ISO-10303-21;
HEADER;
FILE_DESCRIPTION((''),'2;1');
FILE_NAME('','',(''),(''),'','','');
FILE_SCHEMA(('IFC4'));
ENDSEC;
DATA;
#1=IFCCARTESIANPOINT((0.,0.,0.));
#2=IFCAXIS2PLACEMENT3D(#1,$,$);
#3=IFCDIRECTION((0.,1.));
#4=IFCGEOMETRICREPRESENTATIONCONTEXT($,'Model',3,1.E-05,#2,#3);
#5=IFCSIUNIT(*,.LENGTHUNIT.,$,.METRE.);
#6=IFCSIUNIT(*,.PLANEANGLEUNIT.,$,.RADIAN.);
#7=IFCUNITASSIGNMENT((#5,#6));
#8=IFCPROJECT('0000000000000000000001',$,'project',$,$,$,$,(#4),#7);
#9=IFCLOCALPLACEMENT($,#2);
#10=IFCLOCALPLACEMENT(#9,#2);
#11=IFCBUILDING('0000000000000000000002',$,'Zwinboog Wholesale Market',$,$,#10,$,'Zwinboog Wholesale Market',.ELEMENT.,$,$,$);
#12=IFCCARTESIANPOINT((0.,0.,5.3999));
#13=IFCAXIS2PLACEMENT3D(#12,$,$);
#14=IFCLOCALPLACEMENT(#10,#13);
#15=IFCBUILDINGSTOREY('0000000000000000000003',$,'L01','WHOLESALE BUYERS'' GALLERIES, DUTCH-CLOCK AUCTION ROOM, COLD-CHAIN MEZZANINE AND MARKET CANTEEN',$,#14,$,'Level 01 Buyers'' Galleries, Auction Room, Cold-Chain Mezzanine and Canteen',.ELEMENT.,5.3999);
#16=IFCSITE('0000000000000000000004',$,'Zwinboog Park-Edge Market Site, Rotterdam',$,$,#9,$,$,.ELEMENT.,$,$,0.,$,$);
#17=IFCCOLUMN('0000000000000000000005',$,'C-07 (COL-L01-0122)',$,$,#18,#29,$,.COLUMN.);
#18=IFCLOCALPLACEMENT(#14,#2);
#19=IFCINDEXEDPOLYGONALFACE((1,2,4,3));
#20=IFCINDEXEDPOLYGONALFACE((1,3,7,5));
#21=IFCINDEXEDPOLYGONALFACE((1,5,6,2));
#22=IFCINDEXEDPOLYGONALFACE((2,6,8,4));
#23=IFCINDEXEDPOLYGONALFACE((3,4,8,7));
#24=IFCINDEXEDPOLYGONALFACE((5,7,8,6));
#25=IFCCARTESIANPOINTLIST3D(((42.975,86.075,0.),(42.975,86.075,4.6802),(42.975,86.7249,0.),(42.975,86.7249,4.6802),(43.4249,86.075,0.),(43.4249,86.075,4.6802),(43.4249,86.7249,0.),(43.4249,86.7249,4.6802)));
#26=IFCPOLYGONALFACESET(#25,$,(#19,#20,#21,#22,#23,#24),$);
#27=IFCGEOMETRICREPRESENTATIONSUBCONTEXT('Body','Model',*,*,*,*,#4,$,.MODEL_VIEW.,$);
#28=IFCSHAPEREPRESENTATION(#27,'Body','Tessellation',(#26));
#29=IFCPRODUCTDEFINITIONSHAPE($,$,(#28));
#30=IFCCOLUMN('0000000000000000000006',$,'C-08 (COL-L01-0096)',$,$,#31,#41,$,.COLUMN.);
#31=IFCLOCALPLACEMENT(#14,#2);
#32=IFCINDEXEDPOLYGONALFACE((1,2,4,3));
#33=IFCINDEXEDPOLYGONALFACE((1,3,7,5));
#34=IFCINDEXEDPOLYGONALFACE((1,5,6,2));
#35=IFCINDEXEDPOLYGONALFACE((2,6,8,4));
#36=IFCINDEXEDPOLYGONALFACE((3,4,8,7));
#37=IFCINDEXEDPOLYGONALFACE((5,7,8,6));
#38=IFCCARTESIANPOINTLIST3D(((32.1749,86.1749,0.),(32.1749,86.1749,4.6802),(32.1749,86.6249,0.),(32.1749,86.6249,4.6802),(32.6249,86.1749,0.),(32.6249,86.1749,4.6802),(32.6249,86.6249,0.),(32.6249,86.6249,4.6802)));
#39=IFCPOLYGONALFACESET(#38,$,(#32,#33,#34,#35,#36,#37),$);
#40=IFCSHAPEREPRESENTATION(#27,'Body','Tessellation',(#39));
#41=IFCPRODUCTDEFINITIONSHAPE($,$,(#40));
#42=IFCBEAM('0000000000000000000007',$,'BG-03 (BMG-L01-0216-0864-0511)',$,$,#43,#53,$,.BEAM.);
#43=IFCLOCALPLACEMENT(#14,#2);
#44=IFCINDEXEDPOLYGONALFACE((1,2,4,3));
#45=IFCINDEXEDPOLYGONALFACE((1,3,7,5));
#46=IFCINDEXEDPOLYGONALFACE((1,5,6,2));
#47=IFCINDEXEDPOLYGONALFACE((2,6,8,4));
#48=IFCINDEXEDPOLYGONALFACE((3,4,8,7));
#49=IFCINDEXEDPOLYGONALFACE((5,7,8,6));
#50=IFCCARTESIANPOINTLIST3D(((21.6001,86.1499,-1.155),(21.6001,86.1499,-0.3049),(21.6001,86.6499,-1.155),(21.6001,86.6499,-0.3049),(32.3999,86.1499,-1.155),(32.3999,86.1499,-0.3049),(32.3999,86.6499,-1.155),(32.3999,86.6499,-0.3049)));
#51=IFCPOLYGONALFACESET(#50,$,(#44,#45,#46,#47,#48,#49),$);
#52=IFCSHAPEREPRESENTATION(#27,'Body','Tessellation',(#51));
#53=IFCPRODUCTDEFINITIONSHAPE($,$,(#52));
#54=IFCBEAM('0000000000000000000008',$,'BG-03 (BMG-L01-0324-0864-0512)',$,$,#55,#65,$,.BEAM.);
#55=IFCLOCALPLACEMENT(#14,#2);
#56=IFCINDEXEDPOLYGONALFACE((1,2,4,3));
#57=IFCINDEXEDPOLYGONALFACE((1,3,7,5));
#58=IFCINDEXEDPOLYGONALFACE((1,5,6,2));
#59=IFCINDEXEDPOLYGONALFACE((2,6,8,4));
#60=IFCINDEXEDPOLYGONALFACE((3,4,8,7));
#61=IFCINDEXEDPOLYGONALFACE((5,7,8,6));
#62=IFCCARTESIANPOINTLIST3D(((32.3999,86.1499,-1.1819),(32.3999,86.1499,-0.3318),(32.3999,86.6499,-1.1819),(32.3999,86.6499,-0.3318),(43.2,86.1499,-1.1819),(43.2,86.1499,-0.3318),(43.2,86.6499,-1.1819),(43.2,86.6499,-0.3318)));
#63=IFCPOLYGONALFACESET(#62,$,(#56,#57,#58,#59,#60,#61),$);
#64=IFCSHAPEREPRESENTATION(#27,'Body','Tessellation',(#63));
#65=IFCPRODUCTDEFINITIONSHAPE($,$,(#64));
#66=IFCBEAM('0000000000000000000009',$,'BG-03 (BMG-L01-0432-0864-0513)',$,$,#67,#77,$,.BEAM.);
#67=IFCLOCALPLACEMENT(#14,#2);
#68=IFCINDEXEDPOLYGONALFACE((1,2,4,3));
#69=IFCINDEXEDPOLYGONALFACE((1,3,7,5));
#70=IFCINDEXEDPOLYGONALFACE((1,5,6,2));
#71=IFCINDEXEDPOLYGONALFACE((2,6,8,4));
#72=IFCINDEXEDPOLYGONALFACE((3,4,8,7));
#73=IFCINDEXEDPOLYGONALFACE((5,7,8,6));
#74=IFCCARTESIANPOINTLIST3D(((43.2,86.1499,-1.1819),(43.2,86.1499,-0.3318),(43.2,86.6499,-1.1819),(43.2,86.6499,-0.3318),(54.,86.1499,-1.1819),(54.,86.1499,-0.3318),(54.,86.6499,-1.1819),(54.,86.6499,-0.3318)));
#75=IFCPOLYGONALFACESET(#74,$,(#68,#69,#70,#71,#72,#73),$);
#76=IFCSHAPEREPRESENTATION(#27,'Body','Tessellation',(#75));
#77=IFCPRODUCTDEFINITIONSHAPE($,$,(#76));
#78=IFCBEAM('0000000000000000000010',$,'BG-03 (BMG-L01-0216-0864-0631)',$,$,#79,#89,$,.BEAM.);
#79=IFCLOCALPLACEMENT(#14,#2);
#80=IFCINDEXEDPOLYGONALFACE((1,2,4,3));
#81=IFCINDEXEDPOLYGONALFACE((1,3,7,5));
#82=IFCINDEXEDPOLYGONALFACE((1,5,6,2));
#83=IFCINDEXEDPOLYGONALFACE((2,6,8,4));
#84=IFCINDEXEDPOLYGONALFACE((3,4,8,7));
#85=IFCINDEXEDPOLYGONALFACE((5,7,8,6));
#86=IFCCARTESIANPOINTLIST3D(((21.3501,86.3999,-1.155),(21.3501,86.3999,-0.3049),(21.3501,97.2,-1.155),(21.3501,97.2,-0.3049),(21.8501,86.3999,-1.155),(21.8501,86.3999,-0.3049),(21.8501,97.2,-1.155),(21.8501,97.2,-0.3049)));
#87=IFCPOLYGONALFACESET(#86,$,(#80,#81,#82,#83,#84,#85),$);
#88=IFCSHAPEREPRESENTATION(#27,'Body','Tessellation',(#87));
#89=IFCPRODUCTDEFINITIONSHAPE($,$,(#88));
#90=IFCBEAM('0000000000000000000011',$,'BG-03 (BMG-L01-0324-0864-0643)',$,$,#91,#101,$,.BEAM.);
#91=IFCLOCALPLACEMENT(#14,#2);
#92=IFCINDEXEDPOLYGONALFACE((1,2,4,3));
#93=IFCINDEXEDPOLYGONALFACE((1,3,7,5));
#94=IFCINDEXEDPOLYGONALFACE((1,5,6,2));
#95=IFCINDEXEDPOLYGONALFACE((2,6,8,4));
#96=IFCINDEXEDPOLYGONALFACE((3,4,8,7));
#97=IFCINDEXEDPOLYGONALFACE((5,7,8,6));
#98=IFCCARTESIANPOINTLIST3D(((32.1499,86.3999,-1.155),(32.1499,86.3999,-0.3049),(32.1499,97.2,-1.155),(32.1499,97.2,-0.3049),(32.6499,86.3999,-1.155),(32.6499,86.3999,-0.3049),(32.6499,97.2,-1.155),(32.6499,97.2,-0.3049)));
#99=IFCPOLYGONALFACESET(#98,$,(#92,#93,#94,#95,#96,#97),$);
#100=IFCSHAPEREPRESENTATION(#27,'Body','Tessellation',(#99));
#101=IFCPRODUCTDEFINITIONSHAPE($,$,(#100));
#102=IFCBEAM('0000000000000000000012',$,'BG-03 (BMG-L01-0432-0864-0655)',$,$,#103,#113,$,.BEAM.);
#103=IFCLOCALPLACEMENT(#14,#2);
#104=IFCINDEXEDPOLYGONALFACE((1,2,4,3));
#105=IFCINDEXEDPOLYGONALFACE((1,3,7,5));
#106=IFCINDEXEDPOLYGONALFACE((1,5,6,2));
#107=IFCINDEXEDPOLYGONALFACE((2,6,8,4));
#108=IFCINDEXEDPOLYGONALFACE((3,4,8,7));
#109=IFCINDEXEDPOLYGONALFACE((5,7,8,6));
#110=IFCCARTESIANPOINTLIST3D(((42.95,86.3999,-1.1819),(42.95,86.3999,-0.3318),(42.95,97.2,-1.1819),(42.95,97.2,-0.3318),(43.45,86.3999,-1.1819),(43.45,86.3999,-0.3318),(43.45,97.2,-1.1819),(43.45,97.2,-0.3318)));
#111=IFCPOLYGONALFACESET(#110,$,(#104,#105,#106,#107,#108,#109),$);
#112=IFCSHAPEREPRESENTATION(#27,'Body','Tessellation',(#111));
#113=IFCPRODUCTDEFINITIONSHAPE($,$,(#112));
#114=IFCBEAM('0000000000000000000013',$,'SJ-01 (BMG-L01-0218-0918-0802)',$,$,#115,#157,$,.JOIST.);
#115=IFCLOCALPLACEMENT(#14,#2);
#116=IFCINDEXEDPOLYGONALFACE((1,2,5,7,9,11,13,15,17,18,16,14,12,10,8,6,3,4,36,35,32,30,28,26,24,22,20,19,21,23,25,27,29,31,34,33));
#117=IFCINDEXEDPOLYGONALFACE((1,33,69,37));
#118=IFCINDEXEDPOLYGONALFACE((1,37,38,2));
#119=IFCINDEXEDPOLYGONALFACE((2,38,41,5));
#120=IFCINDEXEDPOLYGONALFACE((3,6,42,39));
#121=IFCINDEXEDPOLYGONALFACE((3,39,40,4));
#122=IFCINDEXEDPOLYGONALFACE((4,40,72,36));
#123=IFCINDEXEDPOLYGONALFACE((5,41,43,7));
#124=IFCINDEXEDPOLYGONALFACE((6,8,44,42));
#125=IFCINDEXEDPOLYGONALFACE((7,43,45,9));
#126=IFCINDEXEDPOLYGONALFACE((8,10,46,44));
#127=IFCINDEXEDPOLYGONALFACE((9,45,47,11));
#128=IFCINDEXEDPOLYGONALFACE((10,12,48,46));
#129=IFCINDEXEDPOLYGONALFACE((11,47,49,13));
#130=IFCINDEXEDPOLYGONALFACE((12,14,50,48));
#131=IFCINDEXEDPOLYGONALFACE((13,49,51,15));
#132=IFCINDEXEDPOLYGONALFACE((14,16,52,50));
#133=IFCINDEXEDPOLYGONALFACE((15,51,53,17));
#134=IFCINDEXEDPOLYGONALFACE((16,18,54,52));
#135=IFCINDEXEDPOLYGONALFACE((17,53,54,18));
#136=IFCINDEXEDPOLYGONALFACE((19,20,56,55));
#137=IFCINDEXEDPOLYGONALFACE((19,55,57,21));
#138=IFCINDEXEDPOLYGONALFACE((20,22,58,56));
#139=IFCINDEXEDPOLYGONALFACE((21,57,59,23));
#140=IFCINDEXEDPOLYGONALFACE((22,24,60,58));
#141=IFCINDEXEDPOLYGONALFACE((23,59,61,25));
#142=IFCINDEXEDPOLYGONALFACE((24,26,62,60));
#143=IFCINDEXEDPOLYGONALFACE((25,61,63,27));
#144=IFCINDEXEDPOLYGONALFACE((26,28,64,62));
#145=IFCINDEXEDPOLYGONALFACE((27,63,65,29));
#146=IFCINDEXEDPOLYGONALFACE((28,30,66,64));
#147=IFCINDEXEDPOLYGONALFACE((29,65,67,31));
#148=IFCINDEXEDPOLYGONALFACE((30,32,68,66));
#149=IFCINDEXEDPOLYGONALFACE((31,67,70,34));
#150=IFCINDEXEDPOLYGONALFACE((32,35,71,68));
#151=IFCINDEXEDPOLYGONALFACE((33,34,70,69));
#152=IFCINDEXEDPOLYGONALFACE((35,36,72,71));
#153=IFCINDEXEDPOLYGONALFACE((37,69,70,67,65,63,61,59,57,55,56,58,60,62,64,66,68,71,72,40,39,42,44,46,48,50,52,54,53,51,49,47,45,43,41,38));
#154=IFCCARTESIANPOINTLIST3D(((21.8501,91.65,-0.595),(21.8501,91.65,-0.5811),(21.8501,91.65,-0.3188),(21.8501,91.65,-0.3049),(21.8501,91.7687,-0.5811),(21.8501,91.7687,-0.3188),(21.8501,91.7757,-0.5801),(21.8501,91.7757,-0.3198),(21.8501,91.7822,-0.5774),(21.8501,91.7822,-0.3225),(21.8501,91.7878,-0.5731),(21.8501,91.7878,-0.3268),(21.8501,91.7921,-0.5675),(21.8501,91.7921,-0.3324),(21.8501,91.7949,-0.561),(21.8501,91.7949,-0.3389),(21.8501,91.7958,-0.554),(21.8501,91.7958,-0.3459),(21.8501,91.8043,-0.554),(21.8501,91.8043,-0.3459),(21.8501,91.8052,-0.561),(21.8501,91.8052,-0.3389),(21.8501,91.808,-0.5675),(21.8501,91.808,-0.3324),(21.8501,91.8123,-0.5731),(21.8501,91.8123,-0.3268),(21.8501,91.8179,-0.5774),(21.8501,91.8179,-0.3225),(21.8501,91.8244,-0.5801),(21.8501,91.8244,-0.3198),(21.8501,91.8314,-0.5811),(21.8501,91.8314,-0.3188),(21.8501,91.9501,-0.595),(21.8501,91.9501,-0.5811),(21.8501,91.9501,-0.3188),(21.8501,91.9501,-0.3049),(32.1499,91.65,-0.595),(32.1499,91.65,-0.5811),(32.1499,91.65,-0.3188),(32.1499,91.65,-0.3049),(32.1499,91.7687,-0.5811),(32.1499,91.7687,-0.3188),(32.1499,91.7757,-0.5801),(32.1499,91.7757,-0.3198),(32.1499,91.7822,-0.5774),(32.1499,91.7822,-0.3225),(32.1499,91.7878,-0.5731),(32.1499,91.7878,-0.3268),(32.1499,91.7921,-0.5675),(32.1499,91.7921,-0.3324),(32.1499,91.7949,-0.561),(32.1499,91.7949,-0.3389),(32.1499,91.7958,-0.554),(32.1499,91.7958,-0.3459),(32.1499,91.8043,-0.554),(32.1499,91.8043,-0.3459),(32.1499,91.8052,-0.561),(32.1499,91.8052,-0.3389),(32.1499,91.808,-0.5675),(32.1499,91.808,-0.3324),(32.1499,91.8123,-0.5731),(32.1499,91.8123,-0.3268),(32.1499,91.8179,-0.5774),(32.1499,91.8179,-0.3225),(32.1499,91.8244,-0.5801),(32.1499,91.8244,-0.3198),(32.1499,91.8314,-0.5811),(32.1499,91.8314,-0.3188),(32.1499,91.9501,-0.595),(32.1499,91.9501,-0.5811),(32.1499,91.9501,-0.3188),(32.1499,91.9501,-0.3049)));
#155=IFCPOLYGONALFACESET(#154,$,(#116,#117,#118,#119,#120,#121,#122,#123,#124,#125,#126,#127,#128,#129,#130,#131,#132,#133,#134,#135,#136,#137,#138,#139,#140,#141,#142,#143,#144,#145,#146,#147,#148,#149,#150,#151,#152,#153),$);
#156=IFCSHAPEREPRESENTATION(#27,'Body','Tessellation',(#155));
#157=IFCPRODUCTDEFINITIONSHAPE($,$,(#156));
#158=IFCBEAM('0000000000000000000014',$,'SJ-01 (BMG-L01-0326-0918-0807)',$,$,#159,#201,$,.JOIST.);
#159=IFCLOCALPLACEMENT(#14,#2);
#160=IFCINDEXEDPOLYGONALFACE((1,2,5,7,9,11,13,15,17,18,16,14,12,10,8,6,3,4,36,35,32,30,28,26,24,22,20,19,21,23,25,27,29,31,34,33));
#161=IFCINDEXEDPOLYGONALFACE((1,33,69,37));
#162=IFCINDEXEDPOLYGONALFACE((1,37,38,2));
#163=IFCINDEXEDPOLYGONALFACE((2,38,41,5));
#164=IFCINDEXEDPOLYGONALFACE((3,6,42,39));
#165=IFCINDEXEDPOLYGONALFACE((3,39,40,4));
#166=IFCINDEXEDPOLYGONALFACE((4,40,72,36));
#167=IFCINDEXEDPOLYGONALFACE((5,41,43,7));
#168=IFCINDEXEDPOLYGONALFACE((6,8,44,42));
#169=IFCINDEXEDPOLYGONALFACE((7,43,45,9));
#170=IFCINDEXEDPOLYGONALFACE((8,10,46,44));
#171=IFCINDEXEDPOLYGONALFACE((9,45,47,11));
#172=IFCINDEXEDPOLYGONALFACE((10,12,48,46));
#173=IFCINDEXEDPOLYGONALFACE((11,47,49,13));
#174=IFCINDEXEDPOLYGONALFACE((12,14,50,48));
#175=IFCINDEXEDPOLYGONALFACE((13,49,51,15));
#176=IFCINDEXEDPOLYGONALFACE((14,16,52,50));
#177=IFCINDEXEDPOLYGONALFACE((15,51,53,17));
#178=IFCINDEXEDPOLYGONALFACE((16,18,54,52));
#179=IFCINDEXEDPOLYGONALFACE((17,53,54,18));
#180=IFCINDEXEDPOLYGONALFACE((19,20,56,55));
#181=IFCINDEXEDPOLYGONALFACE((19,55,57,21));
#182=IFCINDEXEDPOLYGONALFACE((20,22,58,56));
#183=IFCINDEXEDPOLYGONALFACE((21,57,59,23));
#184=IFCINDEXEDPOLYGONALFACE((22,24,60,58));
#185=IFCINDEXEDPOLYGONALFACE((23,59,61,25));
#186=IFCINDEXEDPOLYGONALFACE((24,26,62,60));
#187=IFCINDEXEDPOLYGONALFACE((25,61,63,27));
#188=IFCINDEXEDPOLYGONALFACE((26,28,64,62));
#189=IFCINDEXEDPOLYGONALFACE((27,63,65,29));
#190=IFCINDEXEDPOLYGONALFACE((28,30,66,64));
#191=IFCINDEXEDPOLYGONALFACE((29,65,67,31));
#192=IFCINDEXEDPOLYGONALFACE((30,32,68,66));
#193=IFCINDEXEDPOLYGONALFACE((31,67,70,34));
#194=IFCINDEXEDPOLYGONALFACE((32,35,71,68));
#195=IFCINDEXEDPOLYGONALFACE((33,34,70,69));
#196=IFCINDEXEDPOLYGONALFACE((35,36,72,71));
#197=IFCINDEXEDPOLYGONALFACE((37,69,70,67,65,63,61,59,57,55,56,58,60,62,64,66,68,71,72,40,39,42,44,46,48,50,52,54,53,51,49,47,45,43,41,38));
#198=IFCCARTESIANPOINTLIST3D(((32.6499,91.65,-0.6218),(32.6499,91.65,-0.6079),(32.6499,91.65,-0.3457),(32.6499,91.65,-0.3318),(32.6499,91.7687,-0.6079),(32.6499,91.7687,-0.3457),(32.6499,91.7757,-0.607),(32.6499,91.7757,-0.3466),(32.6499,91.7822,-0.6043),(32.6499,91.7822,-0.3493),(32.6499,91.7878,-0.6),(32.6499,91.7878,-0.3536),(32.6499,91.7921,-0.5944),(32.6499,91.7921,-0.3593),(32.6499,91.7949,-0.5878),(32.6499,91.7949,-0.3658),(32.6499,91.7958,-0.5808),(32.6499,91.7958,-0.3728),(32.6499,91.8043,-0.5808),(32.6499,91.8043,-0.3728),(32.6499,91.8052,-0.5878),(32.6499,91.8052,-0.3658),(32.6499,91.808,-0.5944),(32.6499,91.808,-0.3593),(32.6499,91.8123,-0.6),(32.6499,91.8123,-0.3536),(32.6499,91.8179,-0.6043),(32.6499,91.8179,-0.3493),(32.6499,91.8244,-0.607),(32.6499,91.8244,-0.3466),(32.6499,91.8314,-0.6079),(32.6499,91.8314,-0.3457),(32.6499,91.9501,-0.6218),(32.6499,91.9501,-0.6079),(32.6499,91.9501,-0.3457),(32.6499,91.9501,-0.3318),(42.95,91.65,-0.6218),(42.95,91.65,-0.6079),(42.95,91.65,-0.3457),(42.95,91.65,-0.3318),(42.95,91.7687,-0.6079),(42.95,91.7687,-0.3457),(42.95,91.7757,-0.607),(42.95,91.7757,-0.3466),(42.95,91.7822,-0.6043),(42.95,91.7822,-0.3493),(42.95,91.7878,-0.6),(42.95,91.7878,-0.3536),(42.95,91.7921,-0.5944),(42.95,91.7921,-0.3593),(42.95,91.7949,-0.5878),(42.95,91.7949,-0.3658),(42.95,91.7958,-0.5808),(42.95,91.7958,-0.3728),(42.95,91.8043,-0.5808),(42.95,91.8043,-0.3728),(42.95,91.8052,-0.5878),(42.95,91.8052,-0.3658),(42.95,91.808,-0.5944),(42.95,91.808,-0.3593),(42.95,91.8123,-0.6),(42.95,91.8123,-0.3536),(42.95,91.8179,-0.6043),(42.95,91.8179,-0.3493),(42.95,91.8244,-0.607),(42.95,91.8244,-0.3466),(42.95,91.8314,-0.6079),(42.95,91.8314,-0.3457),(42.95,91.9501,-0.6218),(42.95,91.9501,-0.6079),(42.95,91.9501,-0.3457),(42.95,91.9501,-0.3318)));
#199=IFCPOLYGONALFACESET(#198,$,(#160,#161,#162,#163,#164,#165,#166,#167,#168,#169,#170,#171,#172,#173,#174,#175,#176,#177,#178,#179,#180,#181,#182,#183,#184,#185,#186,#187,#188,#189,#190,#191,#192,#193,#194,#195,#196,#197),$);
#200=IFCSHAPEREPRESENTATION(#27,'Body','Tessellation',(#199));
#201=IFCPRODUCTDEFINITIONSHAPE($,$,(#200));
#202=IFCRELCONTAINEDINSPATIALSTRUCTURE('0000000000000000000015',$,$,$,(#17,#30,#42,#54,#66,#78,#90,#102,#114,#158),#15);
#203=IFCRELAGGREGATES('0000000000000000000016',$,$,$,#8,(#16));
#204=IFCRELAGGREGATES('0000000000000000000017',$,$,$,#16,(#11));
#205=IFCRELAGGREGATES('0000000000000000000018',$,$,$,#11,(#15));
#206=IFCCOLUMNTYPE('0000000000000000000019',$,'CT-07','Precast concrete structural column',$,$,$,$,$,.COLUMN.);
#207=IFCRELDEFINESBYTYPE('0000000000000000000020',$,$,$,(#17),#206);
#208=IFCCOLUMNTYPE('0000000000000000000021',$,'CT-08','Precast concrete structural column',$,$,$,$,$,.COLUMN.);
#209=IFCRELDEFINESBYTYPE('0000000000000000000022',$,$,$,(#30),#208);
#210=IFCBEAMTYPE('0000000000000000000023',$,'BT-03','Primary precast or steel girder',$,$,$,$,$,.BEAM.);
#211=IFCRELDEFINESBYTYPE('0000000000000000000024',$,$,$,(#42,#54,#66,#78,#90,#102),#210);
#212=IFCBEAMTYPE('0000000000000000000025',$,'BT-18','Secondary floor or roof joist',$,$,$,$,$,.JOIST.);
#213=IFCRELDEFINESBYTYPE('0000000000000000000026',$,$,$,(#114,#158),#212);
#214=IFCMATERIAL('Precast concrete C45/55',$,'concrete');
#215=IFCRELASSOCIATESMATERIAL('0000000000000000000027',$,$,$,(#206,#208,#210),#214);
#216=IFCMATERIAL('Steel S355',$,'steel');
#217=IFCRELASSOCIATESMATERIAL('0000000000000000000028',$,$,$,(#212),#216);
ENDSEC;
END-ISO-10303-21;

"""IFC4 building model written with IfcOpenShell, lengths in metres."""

from ifc_helpers import new_model, si_unit, direction, frame, origin, origin_2d, place, context, subcontext, project, spatial, rectangle, i_section, extrude, material, material_profile, profile_set, type_object, element, save


model = new_model("IFC4")

# Units and contexts
model_context = context("Model", 3, precision=1e-05, world=origin(), true_north=direction((0.0, 1.0)))
body_context = subcontext(model_context, "Body", "Model", "MODEL_VIEW")
ifc_project = project(units=[si_unit("LENGTHUNIT", "METRE"), si_unit("PLANEANGLEUNIT", "RADIAN")], contexts=[model_context])

# Site, building, storey
site_placement = place(None, origin())
site = spatial("IfcSite", under=ifc_project, at=site_placement, Name="Zwinboog Park-Edge Market Site, Rotterdam", CompositionType="ELEMENT", RefElevation=0.0)
building_placement = place(site_placement, origin())
building = spatial("IfcBuilding", under=site, at=building_placement, Name="Zwinboog Wholesale Market", LongName="Zwinboog Wholesale Market", CompositionType="ELEMENT")
storey_placement = place(building_placement, frame((0.0, 0.0, 5.3999)))
storey = spatial("IfcBuildingStorey", under=building, at=storey_placement, Name="L01", Description="WHOLESALE BUYERS' GALLERIES, DUTCH-CLOCK AUCTION ROOM, COLD-CHAIN MEZZANINE AND MARKET CANTEEN", LongName="Level 01 Buyers' Galleries, Auction Room, Cold-Chain Mezzanine and Canteen", CompositionType="ELEMENT", Elevation=5.3999)

# Columns
ifc_material_1 = material(Name="Precast concrete C45/55", Category="concrete")
ifc_material_profile_1 = material_profile(ifc_material_1, rectangle(XDim=0.45, YDim=0.6499, at=origin_2d()), Name="PC 450x650")
ifc_profile_set_1 = profile_set([ifc_material_profile_1], Name="Precast concrete C45/55")
column_type_1 = type_object("IfcColumnType", Name="CT-07", Description="Precast concrete structural column", PredefinedType="COLUMN", material=ifc_profile_set_1)
column_1_placement = place(storey_placement, frame((43.2, 86.3999, 0.0), z_axis=(0.0, 0.0, 1.0), x_axis=(1.0, 0.0, 0.0)))
element("IfcColumn", 1, at=column_1_placement, inside=storey, type_object=column_type_1, Name="C-07 (COL-L01-0122)", PredefinedType="COLUMN", context=body_context, shape_type="SweptSolid", body=[
    extrude(rectangle(XDim=0.45, YDim=0.6499, at=origin_2d()), origin(), (0.0, 0.0, 1.0), 4.6802),
])
ifc_material_profile_2 = material_profile(ifc_material_1, rectangle(XDim=0.45, YDim=0.45, at=origin_2d()), Name="PC 450x450")
ifc_profile_set_2 = profile_set([ifc_material_profile_2], Name="Precast concrete C45/55")
column_type_2 = type_object("IfcColumnType", Name="CT-08", Description="Precast concrete structural column", PredefinedType="COLUMN", material=ifc_profile_set_2)
column_2_placement = place(storey_placement, frame((32.3999, 86.3999, 0.0), z_axis=(0.0, 0.0, 1.0), x_axis=(1.0, 0.0, 0.0)))
element("IfcColumn", 2, at=column_2_placement, inside=storey, type_object=column_type_2, Name="C-08 (COL-L01-0096)", PredefinedType="COLUMN", context=body_context, shape_type="SweptSolid", body=[
    extrude(rectangle(XDim=0.45, YDim=0.45, at=origin_2d()), origin(), (0.0, 0.0, 1.0), 4.6802),
])

# Beams
ifc_material_profile_3 = material_profile(ifc_material_1, rectangle(XDim=0.5, YDim=0.8501, at=origin_2d()), Name="PC 500x850")
ifc_profile_set_3 = profile_set([ifc_material_profile_3], Name="Precast concrete C45/55")
beam_type_1 = type_object("IfcBeamType", Name="BT-03", Description="Primary precast or steel girder", PredefinedType="BEAM", material=ifc_profile_set_3)
beam_1_placement = place(storey_placement, frame((21.6001, 86.3999, -0.73), z_axis=(1.0, 0.0, 0.0), x_axis=(0.0, 1.0, 0.0)))
element("IfcBeam", 3, at=beam_1_placement, inside=storey, type_object=beam_type_1, Name="BG-03 (BMG-L01-0216-0864-0511)", PredefinedType="BEAM", context=body_context, shape_type="SweptSolid", body=[
    extrude(rectangle(XDim=0.5, YDim=0.8501, at=origin_2d()), origin(), (0.0, 0.0, 1.0), 10.7998),
])
for number, where, z_axis, x_axis, name in (
    (4, (32.3999, 86.3999, -0.7568), (1.0, 0.0, 0.0), (0.0, 1.0, 0.0), "BG-03 (BMG-L01-0324-0864-0512)"),
    (5, (43.2, 86.3999, -0.7568), (1.0, 0.0, 0.0), (0.0, 1.0, 0.0), "BG-03 (BMG-L01-0432-0864-0513)"),
    (6, (21.6001, 86.3999, -0.73), (0.0, 1.0, 0.0), (-1.0, 0.0, 0.0), "BG-03 (BMG-L01-0216-0864-0631)"),
    (7, (32.3999, 86.3999, -0.73), (0.0, 1.0, 0.0), (-1.0, 0.0, 0.0), "BG-03 (BMG-L01-0324-0864-0643)"),
    (8, (43.2, 86.3999, -0.7568), (0.0, 1.0, 0.0), (-1.0, 0.0, 0.0), "BG-03 (BMG-L01-0432-0864-0655)"),
):
    element("IfcBeam", number, at=place(storey_placement, frame(where, z_axis=z_axis, x_axis=x_axis)), inside=storey, type_object=beam_type_1, Name=name, PredefinedType="BEAM", context=body_context, shape_type="SweptSolid", body=[
        extrude(rectangle(XDim=0.5, YDim=0.8501, at=origin_2d()), origin(), (0.0, 0.0, 1.0), 10.8),
    ])
ifc_material_2 = material(Name="Steel S355", Category="steel")
ifc_material_profile_4 = material_profile(ifc_material_2, i_section(OverallWidth=0.3, OverallDepth=0.29, WebThickness=0.0085, FlangeThickness=0.0139, FilletRadius=0.0271, at=origin_2d()), Name="HEA 300")
ifc_profile_set_4 = profile_set([ifc_material_profile_4], Name="Steel S355")
beam_type_2 = type_object("IfcBeamType", Name="BT-18", Description="Secondary floor or roof joist", PredefinedType="JOIST", material=ifc_profile_set_4)
beam_2_placement = place(storey_placement, frame((21.8501, 91.8, -0.45), z_axis=(1.0, 0.0, 0.0), x_axis=(0.0, 1.0, 0.0)))
element("IfcBeam", 9, at=beam_2_placement, inside=storey, type_object=beam_type_2, Name="SJ-01 (BMG-L01-0218-0918-0802)", PredefinedType="JOIST", context=body_context, shape_type="SweptSolid", body=[
    extrude(i_section(OverallWidth=0.3, OverallDepth=0.29, WebThickness=0.0085, FlangeThickness=0.0139, FilletRadius=0.0271, at=origin_2d()), origin(), (0.0, 0.0, 1.0), 10.2998),
])
beam_3_placement = place(storey_placement, frame((32.6499, 91.8, -0.4768), z_axis=(1.0, 0.0, 0.0), x_axis=(0.0, 1.0, 0.0)))
element("IfcBeam", 10, at=beam_3_placement, inside=storey, type_object=beam_type_2, Name="SJ-01 (BMG-L01-0326-0918-0807)", PredefinedType="JOIST", context=body_context, shape_type="SweptSolid", body=[
    extrude(i_section(OverallWidth=0.3, OverallDepth=0.29, WebThickness=0.0085, FlangeThickness=0.0139, FilletRadius=0.0271, at=origin_2d()), origin(), (0.0, 0.0, 1.0), 10.3),
])

save(model, "model.ifc")
